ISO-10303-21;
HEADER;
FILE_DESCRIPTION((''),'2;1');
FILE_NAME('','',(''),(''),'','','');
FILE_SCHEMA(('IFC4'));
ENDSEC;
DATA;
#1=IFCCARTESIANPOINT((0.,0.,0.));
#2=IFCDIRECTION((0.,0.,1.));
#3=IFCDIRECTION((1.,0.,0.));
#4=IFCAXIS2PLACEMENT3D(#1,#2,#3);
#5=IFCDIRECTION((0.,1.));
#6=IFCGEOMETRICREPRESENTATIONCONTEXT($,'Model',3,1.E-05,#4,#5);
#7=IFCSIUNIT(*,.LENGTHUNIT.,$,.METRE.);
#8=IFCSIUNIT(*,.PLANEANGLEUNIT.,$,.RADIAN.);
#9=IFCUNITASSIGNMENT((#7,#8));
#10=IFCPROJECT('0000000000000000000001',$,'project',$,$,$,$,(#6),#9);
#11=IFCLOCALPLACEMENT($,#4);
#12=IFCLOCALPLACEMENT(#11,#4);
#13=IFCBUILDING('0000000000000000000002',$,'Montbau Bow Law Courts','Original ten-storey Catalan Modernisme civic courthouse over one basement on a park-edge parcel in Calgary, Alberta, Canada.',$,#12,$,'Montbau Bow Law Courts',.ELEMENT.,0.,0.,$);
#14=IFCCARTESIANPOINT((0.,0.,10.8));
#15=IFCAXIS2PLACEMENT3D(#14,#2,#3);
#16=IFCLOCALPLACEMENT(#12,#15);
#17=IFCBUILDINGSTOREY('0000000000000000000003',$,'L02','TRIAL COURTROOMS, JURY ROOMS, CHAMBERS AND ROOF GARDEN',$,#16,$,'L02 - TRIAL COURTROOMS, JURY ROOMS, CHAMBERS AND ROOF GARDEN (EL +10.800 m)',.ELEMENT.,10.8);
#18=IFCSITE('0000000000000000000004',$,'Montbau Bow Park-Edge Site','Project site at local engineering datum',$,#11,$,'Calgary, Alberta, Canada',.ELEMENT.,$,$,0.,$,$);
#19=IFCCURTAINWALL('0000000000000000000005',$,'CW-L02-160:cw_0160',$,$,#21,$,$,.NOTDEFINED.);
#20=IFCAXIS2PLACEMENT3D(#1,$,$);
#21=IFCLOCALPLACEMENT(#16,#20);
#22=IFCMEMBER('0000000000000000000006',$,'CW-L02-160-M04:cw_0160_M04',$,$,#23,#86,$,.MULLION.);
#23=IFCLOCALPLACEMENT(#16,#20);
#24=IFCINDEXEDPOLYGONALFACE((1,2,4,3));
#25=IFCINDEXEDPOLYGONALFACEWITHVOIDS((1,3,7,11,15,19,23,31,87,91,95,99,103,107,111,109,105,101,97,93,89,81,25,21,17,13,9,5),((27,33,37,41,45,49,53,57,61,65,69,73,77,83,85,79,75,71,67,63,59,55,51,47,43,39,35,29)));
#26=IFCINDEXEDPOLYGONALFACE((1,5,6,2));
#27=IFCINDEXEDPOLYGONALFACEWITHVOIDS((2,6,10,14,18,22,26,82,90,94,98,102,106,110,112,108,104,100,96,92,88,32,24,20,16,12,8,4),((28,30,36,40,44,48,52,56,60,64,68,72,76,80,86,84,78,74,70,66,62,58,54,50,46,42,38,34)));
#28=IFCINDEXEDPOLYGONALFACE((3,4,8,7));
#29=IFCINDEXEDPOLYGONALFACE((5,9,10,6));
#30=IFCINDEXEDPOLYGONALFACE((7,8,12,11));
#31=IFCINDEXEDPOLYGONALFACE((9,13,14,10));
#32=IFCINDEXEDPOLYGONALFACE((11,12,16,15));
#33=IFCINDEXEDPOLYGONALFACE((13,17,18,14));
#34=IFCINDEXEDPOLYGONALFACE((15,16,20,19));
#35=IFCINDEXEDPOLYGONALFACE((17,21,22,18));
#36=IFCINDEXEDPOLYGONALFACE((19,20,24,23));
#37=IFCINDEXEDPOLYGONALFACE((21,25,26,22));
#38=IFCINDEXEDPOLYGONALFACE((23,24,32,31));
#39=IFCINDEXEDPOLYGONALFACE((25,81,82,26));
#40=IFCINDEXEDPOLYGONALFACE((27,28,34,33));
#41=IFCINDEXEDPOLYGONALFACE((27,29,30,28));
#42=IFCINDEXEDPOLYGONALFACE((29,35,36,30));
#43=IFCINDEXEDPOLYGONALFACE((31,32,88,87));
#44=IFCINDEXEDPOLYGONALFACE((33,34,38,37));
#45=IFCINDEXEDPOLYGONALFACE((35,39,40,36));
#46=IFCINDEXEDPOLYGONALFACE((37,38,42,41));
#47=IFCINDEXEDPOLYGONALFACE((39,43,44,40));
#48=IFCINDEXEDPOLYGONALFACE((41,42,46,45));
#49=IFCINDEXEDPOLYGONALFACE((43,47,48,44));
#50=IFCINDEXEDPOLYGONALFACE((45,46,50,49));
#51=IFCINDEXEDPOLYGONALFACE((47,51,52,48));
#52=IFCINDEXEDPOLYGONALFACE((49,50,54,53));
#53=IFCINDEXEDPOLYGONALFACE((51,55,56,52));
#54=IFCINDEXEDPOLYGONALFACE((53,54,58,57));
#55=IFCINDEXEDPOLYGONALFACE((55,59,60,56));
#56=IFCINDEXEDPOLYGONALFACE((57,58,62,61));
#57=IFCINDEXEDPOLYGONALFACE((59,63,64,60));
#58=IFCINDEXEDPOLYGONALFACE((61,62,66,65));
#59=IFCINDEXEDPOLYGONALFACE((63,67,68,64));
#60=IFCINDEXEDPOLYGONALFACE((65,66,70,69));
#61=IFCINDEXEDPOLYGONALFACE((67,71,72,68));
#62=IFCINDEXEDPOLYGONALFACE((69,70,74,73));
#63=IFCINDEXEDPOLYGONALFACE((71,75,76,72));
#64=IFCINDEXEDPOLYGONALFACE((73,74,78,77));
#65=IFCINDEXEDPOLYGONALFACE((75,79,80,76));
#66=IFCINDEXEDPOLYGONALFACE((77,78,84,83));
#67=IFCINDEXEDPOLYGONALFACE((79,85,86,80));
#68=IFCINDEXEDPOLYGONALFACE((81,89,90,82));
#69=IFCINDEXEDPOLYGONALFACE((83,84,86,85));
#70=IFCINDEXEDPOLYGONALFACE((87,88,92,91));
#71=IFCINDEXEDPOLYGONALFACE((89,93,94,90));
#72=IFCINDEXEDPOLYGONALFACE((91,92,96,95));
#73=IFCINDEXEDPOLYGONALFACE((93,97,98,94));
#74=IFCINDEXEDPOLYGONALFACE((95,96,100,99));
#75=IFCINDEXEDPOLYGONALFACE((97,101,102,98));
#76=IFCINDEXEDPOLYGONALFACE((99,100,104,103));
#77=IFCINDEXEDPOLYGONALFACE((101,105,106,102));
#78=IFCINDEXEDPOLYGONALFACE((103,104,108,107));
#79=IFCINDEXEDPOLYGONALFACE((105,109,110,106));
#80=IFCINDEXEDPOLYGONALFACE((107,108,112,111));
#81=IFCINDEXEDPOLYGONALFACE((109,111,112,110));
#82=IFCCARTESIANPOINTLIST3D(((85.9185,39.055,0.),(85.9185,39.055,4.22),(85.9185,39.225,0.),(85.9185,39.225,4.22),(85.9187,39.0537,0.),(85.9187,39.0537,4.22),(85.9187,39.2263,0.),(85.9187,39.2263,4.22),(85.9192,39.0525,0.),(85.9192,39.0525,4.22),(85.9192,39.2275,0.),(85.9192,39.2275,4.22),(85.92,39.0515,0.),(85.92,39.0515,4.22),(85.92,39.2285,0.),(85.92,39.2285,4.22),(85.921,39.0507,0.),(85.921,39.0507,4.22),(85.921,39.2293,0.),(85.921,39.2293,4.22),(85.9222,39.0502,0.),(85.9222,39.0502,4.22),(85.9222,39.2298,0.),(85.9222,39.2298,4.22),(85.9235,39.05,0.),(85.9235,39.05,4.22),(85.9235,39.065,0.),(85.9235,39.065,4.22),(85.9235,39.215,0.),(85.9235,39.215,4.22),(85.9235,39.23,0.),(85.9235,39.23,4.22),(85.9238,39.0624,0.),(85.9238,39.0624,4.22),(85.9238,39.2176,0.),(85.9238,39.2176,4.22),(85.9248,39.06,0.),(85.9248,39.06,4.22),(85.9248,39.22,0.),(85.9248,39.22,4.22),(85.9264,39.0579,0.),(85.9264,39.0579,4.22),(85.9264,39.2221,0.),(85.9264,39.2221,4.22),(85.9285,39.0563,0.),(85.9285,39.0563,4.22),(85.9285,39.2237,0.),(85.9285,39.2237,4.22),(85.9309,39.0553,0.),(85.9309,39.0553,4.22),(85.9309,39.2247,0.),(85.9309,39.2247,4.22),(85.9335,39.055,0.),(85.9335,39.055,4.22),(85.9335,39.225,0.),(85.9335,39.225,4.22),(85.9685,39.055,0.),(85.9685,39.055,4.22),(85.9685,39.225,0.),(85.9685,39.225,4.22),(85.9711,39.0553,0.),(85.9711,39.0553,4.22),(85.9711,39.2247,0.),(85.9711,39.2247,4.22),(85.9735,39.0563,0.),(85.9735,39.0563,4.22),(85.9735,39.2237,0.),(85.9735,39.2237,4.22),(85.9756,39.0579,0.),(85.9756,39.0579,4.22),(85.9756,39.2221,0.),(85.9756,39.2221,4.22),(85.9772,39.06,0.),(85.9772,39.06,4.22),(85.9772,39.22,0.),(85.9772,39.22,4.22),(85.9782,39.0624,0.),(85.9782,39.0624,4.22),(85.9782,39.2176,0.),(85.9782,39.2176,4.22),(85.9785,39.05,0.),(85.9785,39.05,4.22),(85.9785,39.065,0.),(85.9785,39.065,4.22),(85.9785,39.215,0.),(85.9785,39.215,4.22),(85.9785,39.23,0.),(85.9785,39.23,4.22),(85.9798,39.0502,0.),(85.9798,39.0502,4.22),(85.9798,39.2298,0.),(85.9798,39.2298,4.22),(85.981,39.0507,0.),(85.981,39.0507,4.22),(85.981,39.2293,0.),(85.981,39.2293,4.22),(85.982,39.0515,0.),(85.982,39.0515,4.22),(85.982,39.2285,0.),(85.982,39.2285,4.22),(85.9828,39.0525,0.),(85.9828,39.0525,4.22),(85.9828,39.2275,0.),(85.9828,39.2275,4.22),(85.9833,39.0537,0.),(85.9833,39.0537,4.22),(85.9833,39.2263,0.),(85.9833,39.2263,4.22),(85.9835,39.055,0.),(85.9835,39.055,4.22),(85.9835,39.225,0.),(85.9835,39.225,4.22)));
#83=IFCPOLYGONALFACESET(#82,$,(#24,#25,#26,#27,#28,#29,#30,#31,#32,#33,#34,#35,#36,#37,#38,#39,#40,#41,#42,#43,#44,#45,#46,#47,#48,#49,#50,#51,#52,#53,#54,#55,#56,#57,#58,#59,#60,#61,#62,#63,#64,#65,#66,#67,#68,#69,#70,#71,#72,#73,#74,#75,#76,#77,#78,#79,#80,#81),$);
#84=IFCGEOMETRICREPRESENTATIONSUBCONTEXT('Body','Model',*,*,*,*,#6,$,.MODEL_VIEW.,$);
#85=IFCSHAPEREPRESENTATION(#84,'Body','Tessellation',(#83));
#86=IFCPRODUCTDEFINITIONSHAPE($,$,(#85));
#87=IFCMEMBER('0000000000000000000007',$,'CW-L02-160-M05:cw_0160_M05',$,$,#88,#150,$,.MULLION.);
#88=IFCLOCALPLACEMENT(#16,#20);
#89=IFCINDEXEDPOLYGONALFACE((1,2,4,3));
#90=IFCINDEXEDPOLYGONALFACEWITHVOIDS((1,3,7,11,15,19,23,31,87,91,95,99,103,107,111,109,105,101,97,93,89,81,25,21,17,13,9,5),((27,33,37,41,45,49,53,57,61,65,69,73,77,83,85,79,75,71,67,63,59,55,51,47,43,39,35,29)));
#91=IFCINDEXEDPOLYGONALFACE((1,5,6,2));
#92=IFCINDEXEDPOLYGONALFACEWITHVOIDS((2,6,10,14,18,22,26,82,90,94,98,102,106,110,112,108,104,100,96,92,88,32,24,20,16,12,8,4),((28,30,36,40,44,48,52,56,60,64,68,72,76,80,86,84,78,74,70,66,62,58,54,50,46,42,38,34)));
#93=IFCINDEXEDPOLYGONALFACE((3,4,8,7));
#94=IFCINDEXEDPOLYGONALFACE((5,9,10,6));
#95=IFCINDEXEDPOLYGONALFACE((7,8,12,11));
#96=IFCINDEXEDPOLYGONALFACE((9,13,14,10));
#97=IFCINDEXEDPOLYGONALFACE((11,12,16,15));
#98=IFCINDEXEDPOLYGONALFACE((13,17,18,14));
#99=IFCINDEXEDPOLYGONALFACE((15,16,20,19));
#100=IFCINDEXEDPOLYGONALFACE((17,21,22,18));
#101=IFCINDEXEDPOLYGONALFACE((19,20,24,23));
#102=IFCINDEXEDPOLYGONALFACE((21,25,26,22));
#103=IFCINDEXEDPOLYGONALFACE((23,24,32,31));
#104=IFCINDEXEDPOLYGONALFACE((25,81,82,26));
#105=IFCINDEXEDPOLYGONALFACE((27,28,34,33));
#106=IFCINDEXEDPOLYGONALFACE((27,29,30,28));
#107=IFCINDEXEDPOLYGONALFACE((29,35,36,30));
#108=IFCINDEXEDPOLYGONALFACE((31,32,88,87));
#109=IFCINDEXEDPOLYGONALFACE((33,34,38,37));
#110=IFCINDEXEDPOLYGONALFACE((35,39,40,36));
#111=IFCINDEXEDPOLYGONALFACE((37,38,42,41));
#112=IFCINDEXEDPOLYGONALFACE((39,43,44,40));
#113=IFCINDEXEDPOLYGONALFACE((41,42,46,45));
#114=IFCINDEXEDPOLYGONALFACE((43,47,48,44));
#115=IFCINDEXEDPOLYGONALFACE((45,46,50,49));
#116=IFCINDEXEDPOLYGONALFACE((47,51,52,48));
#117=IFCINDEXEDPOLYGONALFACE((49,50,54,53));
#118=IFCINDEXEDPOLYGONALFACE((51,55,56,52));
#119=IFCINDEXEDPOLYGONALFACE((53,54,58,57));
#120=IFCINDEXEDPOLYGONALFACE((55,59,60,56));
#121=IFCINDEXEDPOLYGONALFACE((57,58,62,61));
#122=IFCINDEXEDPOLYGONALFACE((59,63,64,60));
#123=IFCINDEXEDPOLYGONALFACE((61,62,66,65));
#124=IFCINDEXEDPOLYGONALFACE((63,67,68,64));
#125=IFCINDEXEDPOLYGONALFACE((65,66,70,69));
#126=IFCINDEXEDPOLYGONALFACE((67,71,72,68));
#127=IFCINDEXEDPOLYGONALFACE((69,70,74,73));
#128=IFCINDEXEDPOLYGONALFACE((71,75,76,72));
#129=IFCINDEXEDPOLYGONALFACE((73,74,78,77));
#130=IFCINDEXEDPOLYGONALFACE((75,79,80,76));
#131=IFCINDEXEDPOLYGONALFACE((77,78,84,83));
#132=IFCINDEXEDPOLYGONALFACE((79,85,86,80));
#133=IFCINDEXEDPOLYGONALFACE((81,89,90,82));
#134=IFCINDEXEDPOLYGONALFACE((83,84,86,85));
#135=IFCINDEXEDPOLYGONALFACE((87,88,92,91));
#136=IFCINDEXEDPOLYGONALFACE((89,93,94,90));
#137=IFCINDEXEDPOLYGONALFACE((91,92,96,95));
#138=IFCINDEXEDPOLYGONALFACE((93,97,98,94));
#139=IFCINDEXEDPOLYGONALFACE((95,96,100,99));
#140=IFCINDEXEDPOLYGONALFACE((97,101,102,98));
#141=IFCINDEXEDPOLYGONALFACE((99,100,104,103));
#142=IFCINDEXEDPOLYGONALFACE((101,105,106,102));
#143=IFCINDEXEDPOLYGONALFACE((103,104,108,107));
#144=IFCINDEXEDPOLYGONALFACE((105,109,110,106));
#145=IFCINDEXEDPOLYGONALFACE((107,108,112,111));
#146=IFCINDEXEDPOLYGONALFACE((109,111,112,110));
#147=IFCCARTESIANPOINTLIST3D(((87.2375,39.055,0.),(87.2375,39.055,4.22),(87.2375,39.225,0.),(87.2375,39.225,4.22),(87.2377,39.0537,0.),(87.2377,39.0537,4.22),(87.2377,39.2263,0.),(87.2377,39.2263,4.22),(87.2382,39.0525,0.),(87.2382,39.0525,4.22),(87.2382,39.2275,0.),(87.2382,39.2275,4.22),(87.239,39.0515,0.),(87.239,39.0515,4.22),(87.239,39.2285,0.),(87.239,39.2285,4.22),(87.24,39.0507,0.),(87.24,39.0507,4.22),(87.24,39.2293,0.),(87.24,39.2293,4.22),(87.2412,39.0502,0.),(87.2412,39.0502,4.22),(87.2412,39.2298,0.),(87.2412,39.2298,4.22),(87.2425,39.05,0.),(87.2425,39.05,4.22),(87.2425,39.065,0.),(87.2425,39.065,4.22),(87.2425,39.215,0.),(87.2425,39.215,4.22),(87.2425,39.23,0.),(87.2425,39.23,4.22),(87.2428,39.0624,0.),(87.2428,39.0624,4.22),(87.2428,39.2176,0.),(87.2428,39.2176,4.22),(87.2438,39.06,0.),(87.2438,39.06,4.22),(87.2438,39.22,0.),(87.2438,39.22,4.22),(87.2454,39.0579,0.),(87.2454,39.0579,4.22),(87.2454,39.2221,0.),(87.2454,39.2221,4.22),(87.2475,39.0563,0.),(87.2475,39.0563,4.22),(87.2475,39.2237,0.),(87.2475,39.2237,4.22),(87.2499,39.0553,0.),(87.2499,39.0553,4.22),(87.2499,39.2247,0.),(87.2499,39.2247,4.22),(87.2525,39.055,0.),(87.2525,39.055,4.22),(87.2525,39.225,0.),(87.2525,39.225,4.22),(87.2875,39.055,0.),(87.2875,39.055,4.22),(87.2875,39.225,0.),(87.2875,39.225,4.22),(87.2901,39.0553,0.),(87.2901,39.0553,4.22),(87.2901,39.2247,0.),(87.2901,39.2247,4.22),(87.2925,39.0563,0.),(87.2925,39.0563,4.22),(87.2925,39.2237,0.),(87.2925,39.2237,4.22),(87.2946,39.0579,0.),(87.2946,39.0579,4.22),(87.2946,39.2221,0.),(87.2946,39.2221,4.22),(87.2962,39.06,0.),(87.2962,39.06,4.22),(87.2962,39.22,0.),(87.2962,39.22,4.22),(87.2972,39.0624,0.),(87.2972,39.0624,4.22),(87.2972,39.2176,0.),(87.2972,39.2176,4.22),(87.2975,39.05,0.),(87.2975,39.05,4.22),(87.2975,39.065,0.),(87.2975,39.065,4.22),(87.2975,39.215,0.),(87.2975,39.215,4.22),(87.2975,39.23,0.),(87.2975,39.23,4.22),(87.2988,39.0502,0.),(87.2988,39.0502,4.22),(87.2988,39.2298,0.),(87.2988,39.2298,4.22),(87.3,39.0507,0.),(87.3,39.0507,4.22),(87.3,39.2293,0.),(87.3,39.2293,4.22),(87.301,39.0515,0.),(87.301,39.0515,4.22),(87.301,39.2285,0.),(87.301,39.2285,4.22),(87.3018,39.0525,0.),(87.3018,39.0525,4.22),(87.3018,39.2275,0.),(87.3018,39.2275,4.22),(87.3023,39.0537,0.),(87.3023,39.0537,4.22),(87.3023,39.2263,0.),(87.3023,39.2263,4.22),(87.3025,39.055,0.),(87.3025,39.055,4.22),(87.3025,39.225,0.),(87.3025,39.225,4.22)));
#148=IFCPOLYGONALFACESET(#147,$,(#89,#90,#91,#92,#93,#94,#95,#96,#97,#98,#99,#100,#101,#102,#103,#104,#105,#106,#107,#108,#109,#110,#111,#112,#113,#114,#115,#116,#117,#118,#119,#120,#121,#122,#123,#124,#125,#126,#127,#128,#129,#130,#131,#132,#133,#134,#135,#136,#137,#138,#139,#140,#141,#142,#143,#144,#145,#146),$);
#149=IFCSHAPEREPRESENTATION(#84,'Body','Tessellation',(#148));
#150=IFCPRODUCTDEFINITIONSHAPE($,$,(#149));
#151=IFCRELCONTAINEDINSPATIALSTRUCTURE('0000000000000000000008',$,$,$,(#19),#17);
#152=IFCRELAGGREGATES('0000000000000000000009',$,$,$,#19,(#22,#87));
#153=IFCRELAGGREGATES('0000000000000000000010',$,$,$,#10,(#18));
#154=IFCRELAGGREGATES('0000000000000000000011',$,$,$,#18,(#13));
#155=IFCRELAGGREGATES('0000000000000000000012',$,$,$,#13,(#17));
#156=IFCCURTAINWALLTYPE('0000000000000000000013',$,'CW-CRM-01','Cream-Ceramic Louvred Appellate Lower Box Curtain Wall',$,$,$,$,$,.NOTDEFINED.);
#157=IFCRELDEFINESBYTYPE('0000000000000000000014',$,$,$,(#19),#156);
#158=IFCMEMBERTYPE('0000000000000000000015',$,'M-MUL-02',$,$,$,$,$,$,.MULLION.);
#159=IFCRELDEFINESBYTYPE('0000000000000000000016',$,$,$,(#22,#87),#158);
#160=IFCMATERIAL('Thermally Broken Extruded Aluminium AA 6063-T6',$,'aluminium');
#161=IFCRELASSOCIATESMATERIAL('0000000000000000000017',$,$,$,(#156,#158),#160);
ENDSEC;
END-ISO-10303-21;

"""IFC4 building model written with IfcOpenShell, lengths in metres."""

from ifc_helpers import new_model, si_unit, direction, frame, origin_with_axes, origin_2d_with_axis, place, context, subcontext, project, spatial, hollow_rectangle, extrude, material, material_profile, profile_set, type_object, element, aggregate, save


model = new_model("IFC4")

# Units and contexts
model_context = context("Model", 3, precision=1e-05, world=origin_with_axes(), true_north=direction((0.0, 1.0)))
body_context = subcontext(model_context, "Body", "Model", "MODEL_VIEW")
ifc_project = project(units=[si_unit("LENGTHUNIT", "METRE"), si_unit("PLANEANGLEUNIT", "RADIAN")], contexts=[model_context])

# Site, building, storey
site_placement = place(None, origin_with_axes())
site = spatial("IfcSite", under=ifc_project, at=site_placement, Name="Montbau Bow Park-Edge Site", Description="Project site at local engineering datum", LongName="Calgary, Alberta, Canada", CompositionType="ELEMENT", RefElevation=0.0)
building_placement = place(site_placement, origin_with_axes())
building = spatial("IfcBuilding", under=site, at=building_placement, Name="Montbau Bow Law Courts", Description="Original ten-storey Catalan Modernisme civic courthouse over one basement on a park-edge parcel in Calgary, Alberta, Canada.", LongName="Montbau Bow Law Courts", CompositionType="ELEMENT", ElevationOfRefHeight=0.0, ElevationOfTerrain=0.0)
storey_placement = place(building_placement, frame((0.0, 0.0, 10.8), z_axis=(0.0, 0.0, 1.0), x_axis=(1.0, 0.0, 0.0)))
storey = spatial("IfcBuildingStorey", under=building, at=storey_placement, Name="L02", Description="TRIAL COURTROOMS, JURY ROOMS, CHAMBERS AND ROOF GARDEN", LongName="L02 - TRIAL COURTROOMS, JURY ROOMS, CHAMBERS AND ROOF GARDEN (EL +10.800 m)", CompositionType="ELEMENT", Elevation=10.8)

# Curtain wall, members
ifc_material_1 = material(Name="Thermally Broken Extruded Aluminium AA 6063-T6", Category="aluminium")
curtain_wall_type = type_object("IfcCurtainWallType", Name="CW-CRM-01", Description="Cream-Ceramic Louvred Appellate Lower Box Curtain Wall", PredefinedType="NOTDEFINED", material=ifc_material_1)
curtain_wall_1_placement = place(None, frame((81.897, 39.14, 10.8), z_axis=(0.0, 0.0, 1.0), x_axis=(1.0, 0.0, 0.0)))
curtain_wall_1 = element("IfcCurtainWall", 1, at=curtain_wall_1_placement, inside=storey, type_object=curtain_wall_type, Name="CW-L02-160:cw_0160", PredefinedType="NOTDEFINED")
ifc_material_profile_1 = material_profile(ifc_material_1, hollow_rectangle(XDim=0.065, YDim=0.18, WallThickness=0.005, InnerFilletRadius=0.01, OuterFilletRadius=0.005, at=origin_2d_with_axis()), Name="CWM-180X65", Category="Main", Priority=0)
ifc_profile_set_1 = profile_set([ifc_material_profile_1], Name="Thermally Broken Extruded Aluminium AA 6063-T6")
member_type_1 = type_object("IfcMemberType", Name="M-MUL-02", PredefinedType="MULLION", material=ifc_profile_set_1)
member_1_placement = place(None, frame((85.951, 39.14, 10.8), z_axis=(0.0, 0.0, 1.0), x_axis=(1.0, 0.0, 0.0)))
member_1 = element("IfcMember", 2, at=member_1_placement, type_object=member_type_1, Name="CW-L02-160-M04:cw_0160_M04", PredefinedType="MULLION", context=body_context, shape_type="SweptSolid", body=[
    extrude(hollow_rectangle(XDim=0.065, YDim=0.18, WallThickness=0.005, InnerFilletRadius=0.01, OuterFilletRadius=0.005, at=origin_2d_with_axis()), origin_with_axes(), (0.0, 0.0, 1.0), 4.22),
])
member_2_placement = place(None, frame((87.27, 39.14, 10.8), z_axis=(0.0, 0.0, 1.0), x_axis=(1.0, 0.0, 0.0)))
member_2 = element("IfcMember", 3, at=member_2_placement, type_object=member_type_1, Name="CW-L02-160-M05:cw_0160_M05", PredefinedType="MULLION", context=body_context, shape_type="SweptSolid", body=[
    extrude(hollow_rectangle(XDim=0.065, YDim=0.18, WallThickness=0.005, InnerFilletRadius=0.01, OuterFilletRadius=0.005, at=origin_2d_with_axis()), origin_with_axes(), (0.0, 0.0, 1.0), 4.22),
])

aggregate(curtain_wall_1, [member_1, member_2])

save(model, "model.ifc")
